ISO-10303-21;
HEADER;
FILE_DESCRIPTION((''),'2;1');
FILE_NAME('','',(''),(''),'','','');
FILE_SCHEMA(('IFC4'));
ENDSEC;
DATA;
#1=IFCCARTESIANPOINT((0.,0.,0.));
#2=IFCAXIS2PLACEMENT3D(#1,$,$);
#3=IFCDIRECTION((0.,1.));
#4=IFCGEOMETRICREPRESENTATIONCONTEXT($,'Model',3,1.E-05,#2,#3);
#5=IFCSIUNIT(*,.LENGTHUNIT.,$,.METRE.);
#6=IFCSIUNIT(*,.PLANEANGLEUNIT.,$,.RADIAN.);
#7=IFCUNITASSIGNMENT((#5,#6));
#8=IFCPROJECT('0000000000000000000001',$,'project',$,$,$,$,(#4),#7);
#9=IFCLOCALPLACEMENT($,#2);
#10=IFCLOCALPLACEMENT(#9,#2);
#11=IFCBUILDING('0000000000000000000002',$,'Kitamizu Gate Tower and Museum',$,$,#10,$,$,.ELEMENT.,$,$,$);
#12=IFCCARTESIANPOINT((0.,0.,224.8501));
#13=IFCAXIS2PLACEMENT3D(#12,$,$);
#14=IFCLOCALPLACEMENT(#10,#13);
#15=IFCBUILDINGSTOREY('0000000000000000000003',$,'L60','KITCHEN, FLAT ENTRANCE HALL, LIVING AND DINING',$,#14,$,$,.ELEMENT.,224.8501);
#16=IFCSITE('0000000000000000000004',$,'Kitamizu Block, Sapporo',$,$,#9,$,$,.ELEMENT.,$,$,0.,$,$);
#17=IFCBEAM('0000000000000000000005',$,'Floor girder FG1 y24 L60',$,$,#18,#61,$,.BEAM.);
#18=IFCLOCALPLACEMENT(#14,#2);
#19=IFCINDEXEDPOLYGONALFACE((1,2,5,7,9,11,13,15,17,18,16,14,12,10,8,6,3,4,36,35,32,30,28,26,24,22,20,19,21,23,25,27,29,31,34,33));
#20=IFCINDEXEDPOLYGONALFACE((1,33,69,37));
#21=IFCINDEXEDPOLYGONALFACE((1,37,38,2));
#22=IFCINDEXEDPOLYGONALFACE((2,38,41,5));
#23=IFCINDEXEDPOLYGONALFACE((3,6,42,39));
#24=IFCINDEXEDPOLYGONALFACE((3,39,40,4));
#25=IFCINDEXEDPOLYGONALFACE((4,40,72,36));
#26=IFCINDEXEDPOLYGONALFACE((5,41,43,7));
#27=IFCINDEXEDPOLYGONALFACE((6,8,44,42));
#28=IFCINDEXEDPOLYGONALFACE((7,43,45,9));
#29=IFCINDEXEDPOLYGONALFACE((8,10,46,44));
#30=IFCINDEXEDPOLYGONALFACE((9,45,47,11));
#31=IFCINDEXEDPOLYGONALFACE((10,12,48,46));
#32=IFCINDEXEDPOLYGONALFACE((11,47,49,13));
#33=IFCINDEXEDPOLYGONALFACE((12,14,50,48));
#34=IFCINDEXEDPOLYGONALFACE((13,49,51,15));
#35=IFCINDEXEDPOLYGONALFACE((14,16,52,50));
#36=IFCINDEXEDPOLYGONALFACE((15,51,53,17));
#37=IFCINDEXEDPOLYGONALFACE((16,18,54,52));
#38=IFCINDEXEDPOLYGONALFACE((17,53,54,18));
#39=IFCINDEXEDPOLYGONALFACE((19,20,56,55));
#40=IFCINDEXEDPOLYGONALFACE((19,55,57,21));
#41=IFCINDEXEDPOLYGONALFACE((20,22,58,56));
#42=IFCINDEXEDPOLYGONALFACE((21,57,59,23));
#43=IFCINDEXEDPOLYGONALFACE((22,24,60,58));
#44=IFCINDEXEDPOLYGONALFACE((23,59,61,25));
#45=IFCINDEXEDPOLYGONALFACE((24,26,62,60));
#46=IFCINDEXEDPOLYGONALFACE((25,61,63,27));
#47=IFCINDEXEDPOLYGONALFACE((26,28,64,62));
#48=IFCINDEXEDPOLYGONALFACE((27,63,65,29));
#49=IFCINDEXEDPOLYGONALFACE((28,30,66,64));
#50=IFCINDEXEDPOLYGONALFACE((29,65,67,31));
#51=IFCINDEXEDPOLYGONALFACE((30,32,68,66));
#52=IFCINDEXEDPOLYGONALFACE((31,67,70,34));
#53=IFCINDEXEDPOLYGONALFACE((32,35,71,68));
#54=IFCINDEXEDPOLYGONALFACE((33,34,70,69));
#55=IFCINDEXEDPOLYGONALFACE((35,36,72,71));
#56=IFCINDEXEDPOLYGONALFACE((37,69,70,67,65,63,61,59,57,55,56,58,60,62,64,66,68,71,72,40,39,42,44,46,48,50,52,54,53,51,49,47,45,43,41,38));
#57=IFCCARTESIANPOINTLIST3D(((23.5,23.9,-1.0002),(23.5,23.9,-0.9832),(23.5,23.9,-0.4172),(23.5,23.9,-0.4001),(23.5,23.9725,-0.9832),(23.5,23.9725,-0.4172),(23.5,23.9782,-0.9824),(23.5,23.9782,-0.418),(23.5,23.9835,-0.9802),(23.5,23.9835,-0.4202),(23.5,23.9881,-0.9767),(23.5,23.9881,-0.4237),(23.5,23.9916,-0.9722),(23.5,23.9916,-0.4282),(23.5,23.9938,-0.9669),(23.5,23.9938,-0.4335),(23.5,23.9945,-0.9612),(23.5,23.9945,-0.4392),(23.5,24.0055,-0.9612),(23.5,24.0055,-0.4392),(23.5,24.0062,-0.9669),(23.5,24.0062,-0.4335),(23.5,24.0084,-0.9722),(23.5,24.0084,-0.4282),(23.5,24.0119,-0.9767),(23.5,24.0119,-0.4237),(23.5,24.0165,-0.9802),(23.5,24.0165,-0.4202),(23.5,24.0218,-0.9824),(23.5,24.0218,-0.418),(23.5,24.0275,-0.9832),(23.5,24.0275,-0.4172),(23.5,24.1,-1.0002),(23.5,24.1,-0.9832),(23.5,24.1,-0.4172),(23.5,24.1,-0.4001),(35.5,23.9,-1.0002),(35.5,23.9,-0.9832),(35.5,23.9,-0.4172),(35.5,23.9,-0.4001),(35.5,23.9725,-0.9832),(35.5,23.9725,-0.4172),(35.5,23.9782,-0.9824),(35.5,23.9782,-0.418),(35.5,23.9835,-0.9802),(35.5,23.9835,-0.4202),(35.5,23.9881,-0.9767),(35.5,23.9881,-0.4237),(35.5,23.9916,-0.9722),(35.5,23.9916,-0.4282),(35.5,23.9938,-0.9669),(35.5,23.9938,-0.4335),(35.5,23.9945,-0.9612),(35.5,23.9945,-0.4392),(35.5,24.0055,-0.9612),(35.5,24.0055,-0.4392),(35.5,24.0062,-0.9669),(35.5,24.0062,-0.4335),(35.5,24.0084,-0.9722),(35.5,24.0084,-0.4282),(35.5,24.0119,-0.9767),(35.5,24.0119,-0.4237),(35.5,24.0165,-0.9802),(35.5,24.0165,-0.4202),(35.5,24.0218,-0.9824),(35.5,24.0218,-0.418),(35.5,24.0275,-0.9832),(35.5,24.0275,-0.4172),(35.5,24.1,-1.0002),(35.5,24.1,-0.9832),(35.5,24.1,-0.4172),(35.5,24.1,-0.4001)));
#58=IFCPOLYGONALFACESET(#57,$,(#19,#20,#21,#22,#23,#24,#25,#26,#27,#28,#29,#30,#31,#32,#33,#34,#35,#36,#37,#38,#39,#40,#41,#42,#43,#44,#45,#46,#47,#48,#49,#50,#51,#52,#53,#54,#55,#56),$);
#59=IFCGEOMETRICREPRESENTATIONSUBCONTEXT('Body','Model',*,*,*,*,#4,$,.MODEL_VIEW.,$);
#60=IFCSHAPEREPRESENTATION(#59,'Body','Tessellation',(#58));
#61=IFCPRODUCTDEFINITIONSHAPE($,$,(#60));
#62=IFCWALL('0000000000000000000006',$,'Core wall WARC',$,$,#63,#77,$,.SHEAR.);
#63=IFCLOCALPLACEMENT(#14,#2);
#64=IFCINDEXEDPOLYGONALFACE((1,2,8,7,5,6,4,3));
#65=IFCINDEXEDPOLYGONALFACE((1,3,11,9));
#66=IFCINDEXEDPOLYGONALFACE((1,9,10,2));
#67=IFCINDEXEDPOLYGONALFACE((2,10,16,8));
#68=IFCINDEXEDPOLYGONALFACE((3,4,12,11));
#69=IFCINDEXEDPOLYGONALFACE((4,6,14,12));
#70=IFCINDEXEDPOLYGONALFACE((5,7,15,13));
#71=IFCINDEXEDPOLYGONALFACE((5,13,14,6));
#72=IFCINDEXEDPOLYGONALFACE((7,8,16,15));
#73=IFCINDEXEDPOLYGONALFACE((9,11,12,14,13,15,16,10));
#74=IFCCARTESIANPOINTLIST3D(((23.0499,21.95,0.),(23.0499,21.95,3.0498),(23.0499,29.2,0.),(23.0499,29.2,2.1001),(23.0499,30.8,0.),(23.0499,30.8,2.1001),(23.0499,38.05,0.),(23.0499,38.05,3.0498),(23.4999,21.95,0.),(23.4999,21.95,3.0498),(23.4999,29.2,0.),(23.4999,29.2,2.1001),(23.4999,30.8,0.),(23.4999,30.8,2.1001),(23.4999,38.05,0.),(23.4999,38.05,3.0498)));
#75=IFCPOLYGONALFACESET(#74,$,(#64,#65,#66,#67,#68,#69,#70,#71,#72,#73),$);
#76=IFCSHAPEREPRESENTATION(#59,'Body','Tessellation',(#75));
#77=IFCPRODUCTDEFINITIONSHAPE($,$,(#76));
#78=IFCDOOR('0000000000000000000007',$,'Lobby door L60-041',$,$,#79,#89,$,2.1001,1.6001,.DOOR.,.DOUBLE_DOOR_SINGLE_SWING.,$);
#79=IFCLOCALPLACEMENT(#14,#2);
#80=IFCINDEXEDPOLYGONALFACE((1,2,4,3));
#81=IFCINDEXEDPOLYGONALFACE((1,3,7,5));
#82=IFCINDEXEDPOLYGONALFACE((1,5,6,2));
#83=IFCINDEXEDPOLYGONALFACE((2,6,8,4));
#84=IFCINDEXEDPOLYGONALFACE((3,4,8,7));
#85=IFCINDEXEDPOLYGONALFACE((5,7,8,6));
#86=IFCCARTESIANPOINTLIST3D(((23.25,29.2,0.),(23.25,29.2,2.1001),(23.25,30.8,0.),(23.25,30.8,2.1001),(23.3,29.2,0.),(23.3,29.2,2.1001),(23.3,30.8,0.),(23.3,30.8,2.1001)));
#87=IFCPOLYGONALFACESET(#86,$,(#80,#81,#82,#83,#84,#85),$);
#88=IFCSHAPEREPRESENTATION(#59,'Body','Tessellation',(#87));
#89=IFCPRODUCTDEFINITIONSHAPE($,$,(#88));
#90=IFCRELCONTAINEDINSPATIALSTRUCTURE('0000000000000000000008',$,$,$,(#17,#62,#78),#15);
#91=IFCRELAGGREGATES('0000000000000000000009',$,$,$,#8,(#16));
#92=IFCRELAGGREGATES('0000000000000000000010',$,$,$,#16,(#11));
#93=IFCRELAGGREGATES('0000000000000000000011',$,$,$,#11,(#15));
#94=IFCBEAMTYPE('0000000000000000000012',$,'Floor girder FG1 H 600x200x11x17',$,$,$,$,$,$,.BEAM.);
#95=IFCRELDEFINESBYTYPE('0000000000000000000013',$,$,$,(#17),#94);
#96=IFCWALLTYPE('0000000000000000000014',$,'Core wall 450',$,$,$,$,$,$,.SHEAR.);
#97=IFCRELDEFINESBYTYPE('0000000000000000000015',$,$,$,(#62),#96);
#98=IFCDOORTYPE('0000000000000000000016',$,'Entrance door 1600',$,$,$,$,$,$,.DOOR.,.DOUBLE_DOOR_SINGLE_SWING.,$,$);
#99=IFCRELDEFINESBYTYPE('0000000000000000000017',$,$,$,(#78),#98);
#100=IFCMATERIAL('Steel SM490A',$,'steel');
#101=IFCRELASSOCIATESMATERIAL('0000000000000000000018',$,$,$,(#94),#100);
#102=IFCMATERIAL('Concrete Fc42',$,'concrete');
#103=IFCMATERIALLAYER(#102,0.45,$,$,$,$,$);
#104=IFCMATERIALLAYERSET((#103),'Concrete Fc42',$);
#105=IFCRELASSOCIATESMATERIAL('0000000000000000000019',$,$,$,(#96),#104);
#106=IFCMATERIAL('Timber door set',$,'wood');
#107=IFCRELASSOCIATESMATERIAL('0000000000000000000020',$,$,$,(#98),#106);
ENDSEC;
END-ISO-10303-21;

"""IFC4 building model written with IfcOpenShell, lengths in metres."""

from ifc_helpers import new_model, si_unit, direction, frame, frame_2d, origin, origin_2d, place, context, subcontext, project, spatial, rectangle, i_section, extrude, material, layer, layer_set, material_profile, profile_set, type_object, element, fill, save


model = new_model("IFC4")

# Units and contexts
model_context = context("Model", 3, precision=1e-05, world=origin(), true_north=direction((0.0, 1.0)))
body_context = subcontext(model_context, "Body", "Model", "MODEL_VIEW")
ifc_project = project(units=[si_unit("LENGTHUNIT", "METRE"), si_unit("PLANEANGLEUNIT", "RADIAN")], contexts=[model_context])

# Site, building, storey
site_placement = place(None, origin())
site = spatial("IfcSite", under=ifc_project, at=site_placement, Name="Kitamizu Block, Sapporo", CompositionType="ELEMENT", RefElevation=0.0)
building_placement = place(site_placement, origin())
building = spatial("IfcBuilding", under=site, at=building_placement, Name="Kitamizu Gate Tower and Museum", CompositionType="ELEMENT")
storey_placement = place(building_placement, frame((0.0, 0.0, 224.8501)))
storey = spatial("IfcBuildingStorey", under=building, at=storey_placement, Name="L60", Description="KITCHEN, FLAT ENTRANCE HALL, LIVING AND DINING", CompositionType="ELEMENT", Elevation=224.8501)

# Beam
ifc_material_1 = material(Name="Steel SM490A", Category="steel")
ifc_material_profile = material_profile(ifc_material_1, i_section(OverallWidth=0.2, OverallDepth=0.6001, WebThickness=0.011, FlangeThickness=0.0171, FilletRadius=0.022, at=origin_2d()), Name="H-600x200x11x17")
ifc_profile_set = profile_set([ifc_material_profile], Name="Steel SM490A")
beam_type = type_object("IfcBeamType", Name="Floor girder FG1 H 600x200x11x17", PredefinedType="BEAM", material=ifc_profile_set)
beam_placement = place(storey_placement, frame((23.5, 24.0, -0.7002), z_axis=(1.0, 0.0, 0.0), x_axis=(0.0, 1.0, 0.0)))
element("IfcBeam", 1, at=beam_placement, inside=storey, type_object=beam_type, Name="Floor girder FG1 y24 L60", PredefinedType="BEAM", context=body_context, shape_type="SweptSolid", body=[
    extrude(i_section(OverallWidth=0.2, OverallDepth=0.6001, WebThickness=0.011, FlangeThickness=0.0171, FilletRadius=0.022, at=origin_2d()), origin(), (0.0, 0.0, 1.0), 12.0),
])

# Wall, opening, door
ifc_material_2 = material(Name="Concrete Fc42", Category="concrete")
ifc_layer_1 = layer(ifc_material_2, 0.45)
ifc_layer_set_1 = layer_set([ifc_layer_1], Name="Concrete Fc42")
wall_type_1 = type_object("IfcWallType", Name="Core wall 450", PredefinedType="SHEAR", material=ifc_layer_set_1)
wall_1_placement = place(storey_placement, frame((23.2749, 21.95, 0.0), z_axis=(0.0, 0.0, 1.0), x_axis=(0.0, 1.0, 0.0)))
wall_1 = element("IfcWall", 2, at=wall_1_placement, inside=storey, type_object=wall_type_1, Name="Core wall WARC", PredefinedType="SHEAR", context=body_context, shape_type="SweptSolid", body=[
    extrude(rectangle(XDim=16.1001, YDim=0.45, at=frame_2d((8.05, 0.0))), origin(), (0.0, 0.0, 1.0), 3.0498),
])
opening_1_placement = place(wall_1_placement, frame((7.25, 0.0, 0.0)))
opening_1 = element("IfcOpeningElement", 3, at=opening_1_placement, cuts=wall_1, PredefinedType="OPENING", context=body_context, shape_type="SweptSolid", body=[
    extrude(rectangle(XDim=1.6001, YDim=2.1001, at=frame_2d((0.8, 1.05))), frame((0.0, 0.2349, 0.0), z_axis=(0.0, -1.0, 0.0), x_axis=(1.0, 0.0, 0.0)), (0.0, 0.0, 1.0), 0.47),
])
ifc_material_3 = material(Name="Timber door set", Category="wood")
door_type_1 = type_object("IfcDoorType", Name="Entrance door 1600", OperationType="DOUBLE_DOOR_SINGLE_SWING", PredefinedType="DOOR", material=ifc_material_3)
door_1_placement = place(opening_1_placement, origin())
door_1 = element("IfcDoor", 4, at=door_1_placement, inside=storey, type_object=door_type_1, Name="Lobby door L60-041", OperationType="DOUBLE_DOOR_SINGLE_SWING", OverallHeight=2.1001, OverallWidth=1.6001, PredefinedType="DOOR", context=body_context, shape_type="SweptSolid", body=[
    extrude(rectangle(XDim=1.6001, YDim=2.1001, at=frame_2d((0.8, 1.05))), frame((0.0, 0.0249, 0.0), z_axis=(0.0, -1.0, 0.0), x_axis=(1.0, 0.0, 0.0)), (0.0, 0.0, 1.0), 0.05),
])
fill(opening_1, door_1)

save(model, "model.ifc")
